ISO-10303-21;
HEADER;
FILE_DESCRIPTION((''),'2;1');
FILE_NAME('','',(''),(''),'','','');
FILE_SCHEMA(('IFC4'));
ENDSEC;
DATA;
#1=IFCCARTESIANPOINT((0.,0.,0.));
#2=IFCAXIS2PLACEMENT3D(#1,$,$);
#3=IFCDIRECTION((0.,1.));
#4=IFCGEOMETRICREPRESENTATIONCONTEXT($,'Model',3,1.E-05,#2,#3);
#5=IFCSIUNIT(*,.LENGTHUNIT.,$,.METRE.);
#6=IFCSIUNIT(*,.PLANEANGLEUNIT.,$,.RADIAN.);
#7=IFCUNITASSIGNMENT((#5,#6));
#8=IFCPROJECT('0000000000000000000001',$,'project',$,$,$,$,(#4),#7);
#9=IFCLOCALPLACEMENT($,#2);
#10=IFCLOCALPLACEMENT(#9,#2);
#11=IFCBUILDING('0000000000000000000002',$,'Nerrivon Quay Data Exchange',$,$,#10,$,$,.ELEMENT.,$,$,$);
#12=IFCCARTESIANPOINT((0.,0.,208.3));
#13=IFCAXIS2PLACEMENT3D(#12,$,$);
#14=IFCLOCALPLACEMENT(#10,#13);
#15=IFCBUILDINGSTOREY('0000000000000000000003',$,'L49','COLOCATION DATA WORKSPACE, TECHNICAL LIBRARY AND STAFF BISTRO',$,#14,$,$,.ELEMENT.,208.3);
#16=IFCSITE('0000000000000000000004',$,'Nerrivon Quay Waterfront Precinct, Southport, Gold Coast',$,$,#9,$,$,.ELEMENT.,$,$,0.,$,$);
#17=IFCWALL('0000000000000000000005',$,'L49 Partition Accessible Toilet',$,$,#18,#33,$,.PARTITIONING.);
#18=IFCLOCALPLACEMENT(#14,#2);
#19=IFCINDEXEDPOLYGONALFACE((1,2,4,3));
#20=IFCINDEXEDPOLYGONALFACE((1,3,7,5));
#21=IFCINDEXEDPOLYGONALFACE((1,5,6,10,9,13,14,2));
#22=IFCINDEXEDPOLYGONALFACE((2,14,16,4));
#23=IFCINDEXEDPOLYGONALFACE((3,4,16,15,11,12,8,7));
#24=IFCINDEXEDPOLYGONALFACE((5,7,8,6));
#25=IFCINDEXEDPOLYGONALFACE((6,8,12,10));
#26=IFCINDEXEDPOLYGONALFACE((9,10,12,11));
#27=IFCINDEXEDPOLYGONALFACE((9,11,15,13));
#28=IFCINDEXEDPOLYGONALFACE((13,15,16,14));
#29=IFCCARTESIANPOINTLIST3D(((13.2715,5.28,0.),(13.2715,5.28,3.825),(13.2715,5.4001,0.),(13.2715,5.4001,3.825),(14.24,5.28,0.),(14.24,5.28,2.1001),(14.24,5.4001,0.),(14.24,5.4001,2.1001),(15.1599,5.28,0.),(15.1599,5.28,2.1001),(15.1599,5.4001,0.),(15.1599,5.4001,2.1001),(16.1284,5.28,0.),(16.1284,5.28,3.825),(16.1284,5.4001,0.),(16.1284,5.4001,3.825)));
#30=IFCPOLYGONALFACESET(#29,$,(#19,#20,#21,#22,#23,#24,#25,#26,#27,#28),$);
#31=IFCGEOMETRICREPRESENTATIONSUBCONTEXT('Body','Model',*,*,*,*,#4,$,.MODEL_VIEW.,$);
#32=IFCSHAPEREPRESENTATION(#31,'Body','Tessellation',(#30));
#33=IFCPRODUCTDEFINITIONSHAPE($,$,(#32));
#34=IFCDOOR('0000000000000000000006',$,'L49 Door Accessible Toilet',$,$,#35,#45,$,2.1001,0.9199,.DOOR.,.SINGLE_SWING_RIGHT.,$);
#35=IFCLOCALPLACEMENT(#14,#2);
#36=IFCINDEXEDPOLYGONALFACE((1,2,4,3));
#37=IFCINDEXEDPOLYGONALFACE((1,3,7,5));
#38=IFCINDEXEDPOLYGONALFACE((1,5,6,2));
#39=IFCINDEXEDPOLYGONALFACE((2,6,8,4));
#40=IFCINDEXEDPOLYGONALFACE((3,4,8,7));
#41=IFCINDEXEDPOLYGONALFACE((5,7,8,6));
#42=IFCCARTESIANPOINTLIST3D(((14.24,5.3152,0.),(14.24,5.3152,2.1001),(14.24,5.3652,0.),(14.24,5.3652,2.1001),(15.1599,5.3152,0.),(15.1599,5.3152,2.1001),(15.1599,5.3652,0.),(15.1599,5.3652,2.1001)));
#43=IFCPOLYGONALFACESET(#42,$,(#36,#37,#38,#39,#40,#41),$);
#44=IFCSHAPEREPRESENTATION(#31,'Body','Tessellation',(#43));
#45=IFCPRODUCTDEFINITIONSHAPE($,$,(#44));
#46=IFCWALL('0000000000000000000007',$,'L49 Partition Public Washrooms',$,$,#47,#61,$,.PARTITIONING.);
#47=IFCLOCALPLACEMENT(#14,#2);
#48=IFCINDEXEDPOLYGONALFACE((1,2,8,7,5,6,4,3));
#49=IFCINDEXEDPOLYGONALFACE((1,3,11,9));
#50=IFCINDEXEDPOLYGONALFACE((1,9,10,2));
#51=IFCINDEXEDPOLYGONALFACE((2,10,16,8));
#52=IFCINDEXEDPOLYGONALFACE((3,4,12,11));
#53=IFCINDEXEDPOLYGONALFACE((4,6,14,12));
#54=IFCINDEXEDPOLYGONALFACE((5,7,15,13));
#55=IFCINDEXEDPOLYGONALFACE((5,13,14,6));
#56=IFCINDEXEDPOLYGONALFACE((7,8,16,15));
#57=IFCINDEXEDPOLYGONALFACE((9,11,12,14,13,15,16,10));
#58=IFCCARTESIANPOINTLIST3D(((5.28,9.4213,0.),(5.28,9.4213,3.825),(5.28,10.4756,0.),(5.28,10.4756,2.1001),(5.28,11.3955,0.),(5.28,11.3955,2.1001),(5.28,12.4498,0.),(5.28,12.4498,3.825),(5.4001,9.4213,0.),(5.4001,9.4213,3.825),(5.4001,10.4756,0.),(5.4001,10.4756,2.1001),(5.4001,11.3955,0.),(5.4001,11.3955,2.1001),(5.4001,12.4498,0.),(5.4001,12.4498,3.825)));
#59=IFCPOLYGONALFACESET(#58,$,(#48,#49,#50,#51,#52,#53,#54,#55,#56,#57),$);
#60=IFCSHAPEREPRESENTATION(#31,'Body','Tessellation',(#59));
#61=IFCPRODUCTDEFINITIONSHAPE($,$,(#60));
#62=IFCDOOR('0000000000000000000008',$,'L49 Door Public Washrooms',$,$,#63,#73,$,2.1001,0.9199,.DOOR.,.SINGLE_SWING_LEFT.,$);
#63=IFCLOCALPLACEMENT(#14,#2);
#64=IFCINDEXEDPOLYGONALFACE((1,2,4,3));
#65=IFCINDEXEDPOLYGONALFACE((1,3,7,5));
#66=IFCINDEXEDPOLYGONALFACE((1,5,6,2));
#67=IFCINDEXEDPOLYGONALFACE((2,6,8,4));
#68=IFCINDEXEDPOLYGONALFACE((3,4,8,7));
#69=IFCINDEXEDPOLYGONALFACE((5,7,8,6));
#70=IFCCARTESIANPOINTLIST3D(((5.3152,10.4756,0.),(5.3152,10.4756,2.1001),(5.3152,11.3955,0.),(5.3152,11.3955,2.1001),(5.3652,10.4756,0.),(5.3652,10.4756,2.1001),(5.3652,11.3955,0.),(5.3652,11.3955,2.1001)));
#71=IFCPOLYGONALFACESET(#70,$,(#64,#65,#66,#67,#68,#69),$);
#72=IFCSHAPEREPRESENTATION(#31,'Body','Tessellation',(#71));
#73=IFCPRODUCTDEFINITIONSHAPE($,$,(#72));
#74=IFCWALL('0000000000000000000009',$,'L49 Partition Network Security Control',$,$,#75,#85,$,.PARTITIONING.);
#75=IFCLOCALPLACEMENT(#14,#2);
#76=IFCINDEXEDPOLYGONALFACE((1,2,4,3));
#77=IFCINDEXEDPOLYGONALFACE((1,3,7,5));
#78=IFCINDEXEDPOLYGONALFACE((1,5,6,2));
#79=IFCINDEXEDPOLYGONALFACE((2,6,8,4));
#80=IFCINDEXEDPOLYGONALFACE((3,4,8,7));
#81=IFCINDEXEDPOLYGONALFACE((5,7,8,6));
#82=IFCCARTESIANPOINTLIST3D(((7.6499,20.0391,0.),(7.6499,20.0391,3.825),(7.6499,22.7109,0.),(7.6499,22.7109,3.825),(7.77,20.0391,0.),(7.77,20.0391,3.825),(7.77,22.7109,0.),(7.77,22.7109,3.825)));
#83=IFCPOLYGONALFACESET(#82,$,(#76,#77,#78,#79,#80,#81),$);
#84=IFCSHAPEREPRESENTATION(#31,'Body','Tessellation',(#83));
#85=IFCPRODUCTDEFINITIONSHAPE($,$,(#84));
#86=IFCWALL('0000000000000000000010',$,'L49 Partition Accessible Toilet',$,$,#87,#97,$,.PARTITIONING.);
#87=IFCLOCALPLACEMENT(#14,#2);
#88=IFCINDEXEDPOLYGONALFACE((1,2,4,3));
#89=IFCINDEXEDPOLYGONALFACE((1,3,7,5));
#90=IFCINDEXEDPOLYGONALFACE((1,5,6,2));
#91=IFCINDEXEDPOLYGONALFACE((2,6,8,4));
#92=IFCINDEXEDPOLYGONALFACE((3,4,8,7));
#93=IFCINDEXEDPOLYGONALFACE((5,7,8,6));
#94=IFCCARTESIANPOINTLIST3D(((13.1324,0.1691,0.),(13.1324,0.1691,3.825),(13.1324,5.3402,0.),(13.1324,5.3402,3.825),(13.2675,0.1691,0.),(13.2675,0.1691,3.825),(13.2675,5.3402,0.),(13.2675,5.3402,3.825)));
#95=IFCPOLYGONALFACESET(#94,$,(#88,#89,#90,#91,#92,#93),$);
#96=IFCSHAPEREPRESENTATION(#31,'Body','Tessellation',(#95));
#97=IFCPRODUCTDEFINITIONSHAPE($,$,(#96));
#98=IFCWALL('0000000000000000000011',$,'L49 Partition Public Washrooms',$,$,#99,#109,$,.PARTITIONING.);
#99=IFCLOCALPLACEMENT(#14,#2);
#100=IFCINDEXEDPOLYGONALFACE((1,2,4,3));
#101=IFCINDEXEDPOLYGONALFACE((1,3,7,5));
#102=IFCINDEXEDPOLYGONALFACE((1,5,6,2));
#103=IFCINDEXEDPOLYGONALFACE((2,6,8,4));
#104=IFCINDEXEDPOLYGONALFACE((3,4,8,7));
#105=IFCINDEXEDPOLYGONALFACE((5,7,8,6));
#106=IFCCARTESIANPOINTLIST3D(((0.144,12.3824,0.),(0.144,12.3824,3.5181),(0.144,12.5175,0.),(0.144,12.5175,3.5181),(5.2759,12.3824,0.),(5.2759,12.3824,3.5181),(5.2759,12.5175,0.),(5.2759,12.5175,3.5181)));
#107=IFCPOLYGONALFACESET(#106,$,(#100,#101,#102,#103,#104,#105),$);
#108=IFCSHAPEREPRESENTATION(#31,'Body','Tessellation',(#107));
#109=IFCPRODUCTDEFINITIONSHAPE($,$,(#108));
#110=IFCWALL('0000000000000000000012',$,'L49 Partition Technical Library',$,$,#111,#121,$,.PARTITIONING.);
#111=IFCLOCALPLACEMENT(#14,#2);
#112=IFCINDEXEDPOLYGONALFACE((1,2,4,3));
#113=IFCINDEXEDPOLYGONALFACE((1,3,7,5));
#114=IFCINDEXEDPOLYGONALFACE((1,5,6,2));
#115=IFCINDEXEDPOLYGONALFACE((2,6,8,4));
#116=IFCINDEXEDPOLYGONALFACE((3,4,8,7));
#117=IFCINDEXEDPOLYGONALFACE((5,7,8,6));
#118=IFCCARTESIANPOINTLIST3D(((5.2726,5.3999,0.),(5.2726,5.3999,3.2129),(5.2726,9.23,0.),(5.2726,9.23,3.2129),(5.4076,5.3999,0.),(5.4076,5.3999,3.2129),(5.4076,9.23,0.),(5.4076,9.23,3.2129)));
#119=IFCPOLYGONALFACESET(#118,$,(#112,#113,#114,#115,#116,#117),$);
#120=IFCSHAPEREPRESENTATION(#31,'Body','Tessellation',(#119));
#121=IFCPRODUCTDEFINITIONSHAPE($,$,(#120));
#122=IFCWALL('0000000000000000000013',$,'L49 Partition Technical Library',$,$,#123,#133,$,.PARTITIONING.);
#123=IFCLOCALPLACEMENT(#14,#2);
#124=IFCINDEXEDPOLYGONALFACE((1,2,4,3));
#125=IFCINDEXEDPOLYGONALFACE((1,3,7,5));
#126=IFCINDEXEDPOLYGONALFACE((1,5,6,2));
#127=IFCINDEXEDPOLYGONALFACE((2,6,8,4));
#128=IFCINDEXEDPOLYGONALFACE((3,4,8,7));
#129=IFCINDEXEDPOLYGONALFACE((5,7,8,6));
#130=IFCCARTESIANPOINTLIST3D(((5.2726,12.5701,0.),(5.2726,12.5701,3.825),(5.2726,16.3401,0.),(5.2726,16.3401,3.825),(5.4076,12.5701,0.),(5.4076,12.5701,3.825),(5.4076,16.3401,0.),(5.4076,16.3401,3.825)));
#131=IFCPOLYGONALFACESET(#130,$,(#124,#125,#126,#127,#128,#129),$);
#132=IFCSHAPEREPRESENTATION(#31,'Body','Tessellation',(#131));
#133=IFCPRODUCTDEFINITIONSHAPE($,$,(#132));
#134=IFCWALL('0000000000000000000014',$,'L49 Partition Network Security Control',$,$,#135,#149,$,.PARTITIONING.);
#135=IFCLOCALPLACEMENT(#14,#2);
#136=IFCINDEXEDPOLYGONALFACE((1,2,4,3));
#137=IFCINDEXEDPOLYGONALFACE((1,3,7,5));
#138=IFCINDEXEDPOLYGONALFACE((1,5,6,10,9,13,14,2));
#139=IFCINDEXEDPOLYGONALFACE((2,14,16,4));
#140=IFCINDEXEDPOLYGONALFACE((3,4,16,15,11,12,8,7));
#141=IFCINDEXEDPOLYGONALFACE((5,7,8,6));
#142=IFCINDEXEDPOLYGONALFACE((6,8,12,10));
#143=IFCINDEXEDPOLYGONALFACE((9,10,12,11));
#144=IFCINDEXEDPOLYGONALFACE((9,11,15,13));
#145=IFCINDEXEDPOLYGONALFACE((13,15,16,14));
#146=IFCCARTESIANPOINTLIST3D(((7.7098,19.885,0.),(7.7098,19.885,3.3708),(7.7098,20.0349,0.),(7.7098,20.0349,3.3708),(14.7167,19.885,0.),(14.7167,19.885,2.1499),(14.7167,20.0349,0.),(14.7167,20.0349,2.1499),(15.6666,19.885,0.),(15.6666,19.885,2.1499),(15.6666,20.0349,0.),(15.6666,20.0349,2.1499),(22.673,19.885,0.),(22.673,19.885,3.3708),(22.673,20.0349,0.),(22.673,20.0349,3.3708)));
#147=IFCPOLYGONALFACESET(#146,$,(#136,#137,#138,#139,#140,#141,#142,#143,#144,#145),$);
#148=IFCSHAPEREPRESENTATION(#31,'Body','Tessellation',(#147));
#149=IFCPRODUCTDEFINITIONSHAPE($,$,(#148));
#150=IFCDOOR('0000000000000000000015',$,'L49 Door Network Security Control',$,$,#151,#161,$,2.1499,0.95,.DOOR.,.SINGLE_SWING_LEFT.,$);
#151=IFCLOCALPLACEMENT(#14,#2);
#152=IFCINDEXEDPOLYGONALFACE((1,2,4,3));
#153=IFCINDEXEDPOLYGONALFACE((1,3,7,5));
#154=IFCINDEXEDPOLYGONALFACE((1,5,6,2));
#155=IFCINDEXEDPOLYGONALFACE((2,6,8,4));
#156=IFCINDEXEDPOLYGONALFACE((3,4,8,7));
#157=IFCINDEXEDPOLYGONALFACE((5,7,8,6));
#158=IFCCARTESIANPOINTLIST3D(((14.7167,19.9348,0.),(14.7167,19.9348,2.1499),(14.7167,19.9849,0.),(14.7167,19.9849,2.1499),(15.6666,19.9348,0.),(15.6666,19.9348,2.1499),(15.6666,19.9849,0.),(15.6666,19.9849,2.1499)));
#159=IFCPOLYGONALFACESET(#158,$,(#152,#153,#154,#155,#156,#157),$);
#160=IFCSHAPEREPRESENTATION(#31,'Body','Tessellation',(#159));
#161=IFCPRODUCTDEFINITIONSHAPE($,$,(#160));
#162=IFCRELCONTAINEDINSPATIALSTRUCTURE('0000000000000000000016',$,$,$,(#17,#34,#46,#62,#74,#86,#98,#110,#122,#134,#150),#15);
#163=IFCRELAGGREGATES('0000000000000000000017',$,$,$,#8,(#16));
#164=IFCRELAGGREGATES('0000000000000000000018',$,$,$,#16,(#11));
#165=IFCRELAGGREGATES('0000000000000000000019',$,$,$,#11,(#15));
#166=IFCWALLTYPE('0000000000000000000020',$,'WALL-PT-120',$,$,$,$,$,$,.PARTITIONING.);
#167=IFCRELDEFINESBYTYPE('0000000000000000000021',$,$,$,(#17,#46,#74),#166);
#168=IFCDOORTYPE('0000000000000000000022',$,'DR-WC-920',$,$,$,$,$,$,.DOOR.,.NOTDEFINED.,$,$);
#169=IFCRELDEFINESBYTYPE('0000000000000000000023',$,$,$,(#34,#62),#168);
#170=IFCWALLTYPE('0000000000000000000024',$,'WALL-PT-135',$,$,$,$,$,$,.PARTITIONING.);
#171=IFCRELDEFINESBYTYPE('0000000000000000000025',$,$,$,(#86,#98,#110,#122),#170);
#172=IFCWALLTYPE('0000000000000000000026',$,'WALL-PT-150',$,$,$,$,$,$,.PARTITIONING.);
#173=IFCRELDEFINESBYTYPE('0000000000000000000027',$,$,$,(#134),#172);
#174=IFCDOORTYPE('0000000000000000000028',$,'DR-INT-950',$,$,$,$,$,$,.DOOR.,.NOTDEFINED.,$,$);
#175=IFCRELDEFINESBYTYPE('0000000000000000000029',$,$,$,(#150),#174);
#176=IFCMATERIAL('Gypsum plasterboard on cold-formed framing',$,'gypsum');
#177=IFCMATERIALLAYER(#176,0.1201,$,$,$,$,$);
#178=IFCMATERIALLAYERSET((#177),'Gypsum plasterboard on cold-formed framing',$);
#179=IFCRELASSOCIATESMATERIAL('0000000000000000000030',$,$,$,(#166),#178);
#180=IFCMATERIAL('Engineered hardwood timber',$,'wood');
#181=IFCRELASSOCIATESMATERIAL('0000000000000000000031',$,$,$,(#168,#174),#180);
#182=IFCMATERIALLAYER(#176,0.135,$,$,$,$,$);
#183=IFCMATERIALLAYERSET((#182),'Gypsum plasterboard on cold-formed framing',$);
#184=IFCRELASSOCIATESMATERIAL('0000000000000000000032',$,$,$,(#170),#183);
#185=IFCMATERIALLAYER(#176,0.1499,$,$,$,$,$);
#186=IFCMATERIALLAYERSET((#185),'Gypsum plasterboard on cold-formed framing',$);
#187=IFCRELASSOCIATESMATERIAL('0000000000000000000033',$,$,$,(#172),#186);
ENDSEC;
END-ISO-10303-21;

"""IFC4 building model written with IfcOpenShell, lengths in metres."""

from ifc_helpers import new_model, si_unit, direction, frame, frame_2d, origin, place, context, subcontext, project, spatial, rectangle, extrude, material, layer, layer_set, type_object, element, fill, save


model = new_model("IFC4")

# Units and contexts
model_context = context("Model", 3, precision=1e-05, world=origin(), true_north=direction((0.0, 1.0)))
body_context = subcontext(model_context, "Body", "Model", "MODEL_VIEW")
ifc_project = project(units=[si_unit("LENGTHUNIT", "METRE"), si_unit("PLANEANGLEUNIT", "RADIAN")], contexts=[model_context])

# Site, building, storey
site_placement = place(None, origin())
site = spatial("IfcSite", under=ifc_project, at=site_placement, Name="Nerrivon Quay Waterfront Precinct, Southport, Gold Coast", CompositionType="ELEMENT", RefElevation=0.0)
building_placement = place(site_placement, origin())
building = spatial("IfcBuilding", under=site, at=building_placement, Name="Nerrivon Quay Data Exchange", CompositionType="ELEMENT")
storey_placement = place(building_placement, frame((0.0, 0.0, 208.3)))
storey = spatial("IfcBuildingStorey", under=building, at=storey_placement, Name="L49", Description="COLOCATION DATA WORKSPACE, TECHNICAL LIBRARY AND STAFF BISTRO", CompositionType="ELEMENT", Elevation=208.3)

# Walls, openings, doors
ifc_material_1 = material(Name="Gypsum plasterboard on cold-formed framing", Category="gypsum")
ifc_layer_1 = layer(ifc_material_1, 0.1201)
ifc_layer_set_1 = layer_set([ifc_layer_1], Name="Gypsum plasterboard on cold-formed framing")
wall_type_1 = type_object("IfcWallType", Name="WALL-PT-120", PredefinedType="PARTITIONING", material=ifc_layer_set_1)
wall_1_placement = place(storey_placement, frame((16.1284, 5.3401, 0.0), z_axis=(0.0, 0.0, 1.0), x_axis=(-1.0, 0.0, 0.0)))
wall_1 = element("IfcWall", 1, at=wall_1_placement, inside=storey, type_object=wall_type_1, Name="L49 Partition Accessible Toilet", PredefinedType="PARTITIONING", context=body_context, shape_type="SweptSolid", body=[
    extrude(rectangle(XDim=2.8569, YDim=0.1201, at=frame_2d((1.4285, 0.0))), origin(), (0.0, 0.0, 1.0), 3.825),
])
opening_1_placement = place(wall_1_placement, frame((0.9685, 0.0, 0.0)))
opening_1 = element("IfcOpeningElement", 2, at=opening_1_placement, cuts=wall_1, PredefinedType="OPENING", context=body_context, shape_type="SweptSolid", body=[
    extrude(rectangle(XDim=0.9199, YDim=2.1001, at=frame_2d((0.46, 1.05))), frame((0.0, 0.0701, 0.0), z_axis=(0.0, -1.0, 0.0), x_axis=(1.0, 0.0, 0.0)), (0.0, 0.0, 1.0), 0.1401),
])
ifc_material_2 = material(Name="Engineered hardwood timber", Category="wood")
door_type_1 = type_object("IfcDoorType", Name="DR-WC-920", OperationType="NOTDEFINED", PredefinedType="DOOR", material=ifc_material_2)
door_1_placement = place(opening_1_placement, origin())
door_1 = element("IfcDoor", 3, at=door_1_placement, inside=storey, type_object=door_type_1, Name="L49 Door Accessible Toilet", OperationType="SINGLE_SWING_RIGHT", OverallHeight=2.1001, OverallWidth=0.9199, PredefinedType="DOOR", context=body_context, shape_type="SweptSolid", body=[
    extrude(rectangle(XDim=0.9199, YDim=2.1001, at=frame_2d((0.46, 1.05))), frame((0.0, 0.0249, 0.0), z_axis=(0.0, -1.0, 0.0), x_axis=(1.0, 0.0, 0.0)), (0.0, 0.0, 1.0), 0.05),
])
fill(opening_1, door_1)
wall_2_placement = place(storey_placement, frame((5.3401, 9.4214, 0.0), z_axis=(0.0, 0.0, 1.0), x_axis=(0.0, 1.0, 0.0)))
wall_2 = element("IfcWall", 4, at=wall_2_placement, inside=storey, type_object=wall_type_1, Name="L49 Partition Public Washrooms", PredefinedType="PARTITIONING", context=body_context, shape_type="SweptSolid", body=[
    extrude(rectangle(XDim=3.0286, YDim=0.1201, at=frame_2d((1.5142, 0.0))), origin(), (0.0, 0.0, 1.0), 3.825),
])
opening_2_placement = place(wall_2_placement, frame((1.0542, 0.0, 0.0)))
opening_2 = element("IfcOpeningElement", 5, at=opening_2_placement, cuts=wall_2, PredefinedType="OPENING", context=body_context, shape_type="SweptSolid", body=[
    extrude(rectangle(XDim=0.9199, YDim=2.1001, at=frame_2d((0.46, 1.05))), frame((0.0, 0.0701, 0.0), z_axis=(0.0, -1.0, 0.0), x_axis=(1.0, 0.0, 0.0)), (0.0, 0.0, 1.0), 0.1401),
])
door_2_placement = place(opening_2_placement, origin())
door_2 = element("IfcDoor", 6, at=door_2_placement, inside=storey, type_object=door_type_1, Name="L49 Door Public Washrooms", OperationType="SINGLE_SWING_LEFT", OverallHeight=2.1001, OverallWidth=0.9199, PredefinedType="DOOR", context=body_context, shape_type="SweptSolid", body=[
    extrude(rectangle(XDim=0.9199, YDim=2.1001, at=frame_2d((0.46, 1.05))), frame((0.0, 0.0249, 0.0), z_axis=(0.0, -1.0, 0.0), x_axis=(1.0, 0.0, 0.0)), (0.0, 0.0, 1.0), 0.05),
])
fill(opening_2, door_2)
door_type_2 = type_object("IfcDoorType", Name="DR-INT-950", OperationType="NOTDEFINED", PredefinedType="DOOR", material=ifc_material_2)

# Walls
wall_3_placement = place(storey_placement, frame((7.71, 22.7109, 0.0), z_axis=(0.0, 0.0, 1.0), x_axis=(0.0, -1.0, 0.0)))
element("IfcWall", 7, at=wall_3_placement, inside=storey, type_object=wall_type_1, Name="L49 Partition Network Security Control", PredefinedType="PARTITIONING", context=body_context, shape_type="SweptSolid", body=[
    extrude(rectangle(XDim=2.6719, YDim=0.1201, at=frame_2d((1.3359, 0.0))), origin(), (0.0, 0.0, 1.0), 3.825),
])
ifc_layer_2 = layer(ifc_material_1, 0.135)
ifc_layer_set_2 = layer_set([ifc_layer_2], Name="Gypsum plasterboard on cold-formed framing")
wall_type_2 = type_object("IfcWallType", Name="WALL-PT-135", PredefinedType="PARTITIONING", material=ifc_layer_set_2)
wall_4_placement = place(storey_placement, frame((13.2, 5.3401, 0.0), z_axis=(0.0, 0.0, 1.0), x_axis=(0.0, -1.0, 0.0)))
element("IfcWall", 8, at=wall_4_placement, inside=storey, type_object=wall_type_2, Name="L49 Partition Accessible Toilet", PredefinedType="PARTITIONING", context=body_context, shape_type="SweptSolid", body=[
    extrude(rectangle(XDim=5.1711, YDim=0.135, at=frame_2d((2.5854, 0.0))), origin(), (0.0, 0.0, 1.0), 3.825),
])
wall_5_placement = place(storey_placement, frame((5.2759, 12.45, 0.0), z_axis=(0.0, 0.0, 1.0), x_axis=(-1.0, 0.0, 0.0)))
element("IfcWall", 9, at=wall_5_placement, inside=storey, type_object=wall_type_2, Name="L49 Partition Public Washrooms", PredefinedType="PARTITIONING", context=body_context, shape_type="SweptSolid", body=[
    extrude(rectangle(XDim=5.1318, YDim=0.135, at=frame_2d((2.5659, 0.0))), origin(), (0.0, 0.0, 1.0), 3.5181),
])
wall_6_placement = place(storey_placement, frame((5.3401, 5.3999, 0.0), z_axis=(0.0, 0.0, 1.0), x_axis=(0.0, 1.0, 0.0)))
element("IfcWall", 10, at=wall_6_placement, inside=storey, type_object=wall_type_2, Name="L49 Partition Technical Library", PredefinedType="PARTITIONING", context=body_context, shape_type="SweptSolid", body=[
    extrude(rectangle(XDim=3.8301, YDim=0.135, at=frame_2d((1.915, 0.0))), origin(), (0.0, 0.0, 1.0), 3.2129),
])
wall_7_placement = place(storey_placement, frame((5.3401, 12.5701, 0.0), z_axis=(0.0, 0.0, 1.0), x_axis=(0.0, 1.0, 0.0)))
element("IfcWall", 11, at=wall_7_placement, inside=storey, type_object=wall_type_2, Name="L49 Partition Technical Library", PredefinedType="PARTITIONING", context=body_context, shape_type="SweptSolid", body=[
    extrude(rectangle(XDim=3.77, YDim=0.135, at=frame_2d((1.885, 0.0))), origin(), (0.0, 0.0, 1.0), 3.825),
])

# Wall, opening, door
ifc_layer_3 = layer(ifc_material_1, 0.1499)
ifc_layer_set_3 = layer_set([ifc_layer_3], Name="Gypsum plasterboard on cold-formed framing")
wall_type_3 = type_object("IfcWallType", Name="WALL-PT-150", PredefinedType="PARTITIONING", material=ifc_layer_set_3)
wall_8_placement = place(storey_placement, frame((7.71, 19.96, 0.0), z_axis=(0.0, 0.0, 1.0), x_axis=(1.0, 0.0, 0.0)))
wall_8 = element("IfcWall", 12, at=wall_8_placement, inside=storey, type_object=wall_type_3, Name="L49 Partition Network Security Control", PredefinedType="PARTITIONING", context=body_context, shape_type="SweptSolid", body=[
    extrude(rectangle(XDim=14.9631, YDim=0.1499, at=frame_2d((7.4814, 0.0))), origin(), (0.0, 0.0, 1.0), 3.3708),
])
opening_3_placement = place(wall_8_placement, frame((7.0066, 0.0, 0.0)))
opening_3 = element("IfcOpeningElement", 13, at=opening_3_placement, cuts=wall_8, PredefinedType="OPENING", context=body_context, shape_type="SweptSolid", body=[
    extrude(rectangle(XDim=0.95, YDim=2.1499, at=frame_2d((0.4751, 1.075))), frame((0.0, 0.085, 0.0), z_axis=(0.0, -1.0, 0.0), x_axis=(1.0, 0.0, 0.0)), (0.0, 0.0, 1.0), 0.1699),
])
door_3_placement = place(opening_3_placement, origin())
door_3 = element("IfcDoor", 14, at=door_3_placement, inside=storey, type_object=door_type_2, Name="L49 Door Network Security Control", OperationType="SINGLE_SWING_LEFT", OverallHeight=2.1499, OverallWidth=0.95, PredefinedType="DOOR", context=body_context, shape_type="SweptSolid", body=[
    extrude(rectangle(XDim=0.95, YDim=2.1499, at=frame_2d((0.4751, 1.075))), frame((0.0, 0.0249, 0.0), z_axis=(0.0, -1.0, 0.0), x_axis=(1.0, 0.0, 0.0)), (0.0, 0.0, 1.0), 0.05),
])
fill(opening_3, door_3)

save(model, "model.ifc")
